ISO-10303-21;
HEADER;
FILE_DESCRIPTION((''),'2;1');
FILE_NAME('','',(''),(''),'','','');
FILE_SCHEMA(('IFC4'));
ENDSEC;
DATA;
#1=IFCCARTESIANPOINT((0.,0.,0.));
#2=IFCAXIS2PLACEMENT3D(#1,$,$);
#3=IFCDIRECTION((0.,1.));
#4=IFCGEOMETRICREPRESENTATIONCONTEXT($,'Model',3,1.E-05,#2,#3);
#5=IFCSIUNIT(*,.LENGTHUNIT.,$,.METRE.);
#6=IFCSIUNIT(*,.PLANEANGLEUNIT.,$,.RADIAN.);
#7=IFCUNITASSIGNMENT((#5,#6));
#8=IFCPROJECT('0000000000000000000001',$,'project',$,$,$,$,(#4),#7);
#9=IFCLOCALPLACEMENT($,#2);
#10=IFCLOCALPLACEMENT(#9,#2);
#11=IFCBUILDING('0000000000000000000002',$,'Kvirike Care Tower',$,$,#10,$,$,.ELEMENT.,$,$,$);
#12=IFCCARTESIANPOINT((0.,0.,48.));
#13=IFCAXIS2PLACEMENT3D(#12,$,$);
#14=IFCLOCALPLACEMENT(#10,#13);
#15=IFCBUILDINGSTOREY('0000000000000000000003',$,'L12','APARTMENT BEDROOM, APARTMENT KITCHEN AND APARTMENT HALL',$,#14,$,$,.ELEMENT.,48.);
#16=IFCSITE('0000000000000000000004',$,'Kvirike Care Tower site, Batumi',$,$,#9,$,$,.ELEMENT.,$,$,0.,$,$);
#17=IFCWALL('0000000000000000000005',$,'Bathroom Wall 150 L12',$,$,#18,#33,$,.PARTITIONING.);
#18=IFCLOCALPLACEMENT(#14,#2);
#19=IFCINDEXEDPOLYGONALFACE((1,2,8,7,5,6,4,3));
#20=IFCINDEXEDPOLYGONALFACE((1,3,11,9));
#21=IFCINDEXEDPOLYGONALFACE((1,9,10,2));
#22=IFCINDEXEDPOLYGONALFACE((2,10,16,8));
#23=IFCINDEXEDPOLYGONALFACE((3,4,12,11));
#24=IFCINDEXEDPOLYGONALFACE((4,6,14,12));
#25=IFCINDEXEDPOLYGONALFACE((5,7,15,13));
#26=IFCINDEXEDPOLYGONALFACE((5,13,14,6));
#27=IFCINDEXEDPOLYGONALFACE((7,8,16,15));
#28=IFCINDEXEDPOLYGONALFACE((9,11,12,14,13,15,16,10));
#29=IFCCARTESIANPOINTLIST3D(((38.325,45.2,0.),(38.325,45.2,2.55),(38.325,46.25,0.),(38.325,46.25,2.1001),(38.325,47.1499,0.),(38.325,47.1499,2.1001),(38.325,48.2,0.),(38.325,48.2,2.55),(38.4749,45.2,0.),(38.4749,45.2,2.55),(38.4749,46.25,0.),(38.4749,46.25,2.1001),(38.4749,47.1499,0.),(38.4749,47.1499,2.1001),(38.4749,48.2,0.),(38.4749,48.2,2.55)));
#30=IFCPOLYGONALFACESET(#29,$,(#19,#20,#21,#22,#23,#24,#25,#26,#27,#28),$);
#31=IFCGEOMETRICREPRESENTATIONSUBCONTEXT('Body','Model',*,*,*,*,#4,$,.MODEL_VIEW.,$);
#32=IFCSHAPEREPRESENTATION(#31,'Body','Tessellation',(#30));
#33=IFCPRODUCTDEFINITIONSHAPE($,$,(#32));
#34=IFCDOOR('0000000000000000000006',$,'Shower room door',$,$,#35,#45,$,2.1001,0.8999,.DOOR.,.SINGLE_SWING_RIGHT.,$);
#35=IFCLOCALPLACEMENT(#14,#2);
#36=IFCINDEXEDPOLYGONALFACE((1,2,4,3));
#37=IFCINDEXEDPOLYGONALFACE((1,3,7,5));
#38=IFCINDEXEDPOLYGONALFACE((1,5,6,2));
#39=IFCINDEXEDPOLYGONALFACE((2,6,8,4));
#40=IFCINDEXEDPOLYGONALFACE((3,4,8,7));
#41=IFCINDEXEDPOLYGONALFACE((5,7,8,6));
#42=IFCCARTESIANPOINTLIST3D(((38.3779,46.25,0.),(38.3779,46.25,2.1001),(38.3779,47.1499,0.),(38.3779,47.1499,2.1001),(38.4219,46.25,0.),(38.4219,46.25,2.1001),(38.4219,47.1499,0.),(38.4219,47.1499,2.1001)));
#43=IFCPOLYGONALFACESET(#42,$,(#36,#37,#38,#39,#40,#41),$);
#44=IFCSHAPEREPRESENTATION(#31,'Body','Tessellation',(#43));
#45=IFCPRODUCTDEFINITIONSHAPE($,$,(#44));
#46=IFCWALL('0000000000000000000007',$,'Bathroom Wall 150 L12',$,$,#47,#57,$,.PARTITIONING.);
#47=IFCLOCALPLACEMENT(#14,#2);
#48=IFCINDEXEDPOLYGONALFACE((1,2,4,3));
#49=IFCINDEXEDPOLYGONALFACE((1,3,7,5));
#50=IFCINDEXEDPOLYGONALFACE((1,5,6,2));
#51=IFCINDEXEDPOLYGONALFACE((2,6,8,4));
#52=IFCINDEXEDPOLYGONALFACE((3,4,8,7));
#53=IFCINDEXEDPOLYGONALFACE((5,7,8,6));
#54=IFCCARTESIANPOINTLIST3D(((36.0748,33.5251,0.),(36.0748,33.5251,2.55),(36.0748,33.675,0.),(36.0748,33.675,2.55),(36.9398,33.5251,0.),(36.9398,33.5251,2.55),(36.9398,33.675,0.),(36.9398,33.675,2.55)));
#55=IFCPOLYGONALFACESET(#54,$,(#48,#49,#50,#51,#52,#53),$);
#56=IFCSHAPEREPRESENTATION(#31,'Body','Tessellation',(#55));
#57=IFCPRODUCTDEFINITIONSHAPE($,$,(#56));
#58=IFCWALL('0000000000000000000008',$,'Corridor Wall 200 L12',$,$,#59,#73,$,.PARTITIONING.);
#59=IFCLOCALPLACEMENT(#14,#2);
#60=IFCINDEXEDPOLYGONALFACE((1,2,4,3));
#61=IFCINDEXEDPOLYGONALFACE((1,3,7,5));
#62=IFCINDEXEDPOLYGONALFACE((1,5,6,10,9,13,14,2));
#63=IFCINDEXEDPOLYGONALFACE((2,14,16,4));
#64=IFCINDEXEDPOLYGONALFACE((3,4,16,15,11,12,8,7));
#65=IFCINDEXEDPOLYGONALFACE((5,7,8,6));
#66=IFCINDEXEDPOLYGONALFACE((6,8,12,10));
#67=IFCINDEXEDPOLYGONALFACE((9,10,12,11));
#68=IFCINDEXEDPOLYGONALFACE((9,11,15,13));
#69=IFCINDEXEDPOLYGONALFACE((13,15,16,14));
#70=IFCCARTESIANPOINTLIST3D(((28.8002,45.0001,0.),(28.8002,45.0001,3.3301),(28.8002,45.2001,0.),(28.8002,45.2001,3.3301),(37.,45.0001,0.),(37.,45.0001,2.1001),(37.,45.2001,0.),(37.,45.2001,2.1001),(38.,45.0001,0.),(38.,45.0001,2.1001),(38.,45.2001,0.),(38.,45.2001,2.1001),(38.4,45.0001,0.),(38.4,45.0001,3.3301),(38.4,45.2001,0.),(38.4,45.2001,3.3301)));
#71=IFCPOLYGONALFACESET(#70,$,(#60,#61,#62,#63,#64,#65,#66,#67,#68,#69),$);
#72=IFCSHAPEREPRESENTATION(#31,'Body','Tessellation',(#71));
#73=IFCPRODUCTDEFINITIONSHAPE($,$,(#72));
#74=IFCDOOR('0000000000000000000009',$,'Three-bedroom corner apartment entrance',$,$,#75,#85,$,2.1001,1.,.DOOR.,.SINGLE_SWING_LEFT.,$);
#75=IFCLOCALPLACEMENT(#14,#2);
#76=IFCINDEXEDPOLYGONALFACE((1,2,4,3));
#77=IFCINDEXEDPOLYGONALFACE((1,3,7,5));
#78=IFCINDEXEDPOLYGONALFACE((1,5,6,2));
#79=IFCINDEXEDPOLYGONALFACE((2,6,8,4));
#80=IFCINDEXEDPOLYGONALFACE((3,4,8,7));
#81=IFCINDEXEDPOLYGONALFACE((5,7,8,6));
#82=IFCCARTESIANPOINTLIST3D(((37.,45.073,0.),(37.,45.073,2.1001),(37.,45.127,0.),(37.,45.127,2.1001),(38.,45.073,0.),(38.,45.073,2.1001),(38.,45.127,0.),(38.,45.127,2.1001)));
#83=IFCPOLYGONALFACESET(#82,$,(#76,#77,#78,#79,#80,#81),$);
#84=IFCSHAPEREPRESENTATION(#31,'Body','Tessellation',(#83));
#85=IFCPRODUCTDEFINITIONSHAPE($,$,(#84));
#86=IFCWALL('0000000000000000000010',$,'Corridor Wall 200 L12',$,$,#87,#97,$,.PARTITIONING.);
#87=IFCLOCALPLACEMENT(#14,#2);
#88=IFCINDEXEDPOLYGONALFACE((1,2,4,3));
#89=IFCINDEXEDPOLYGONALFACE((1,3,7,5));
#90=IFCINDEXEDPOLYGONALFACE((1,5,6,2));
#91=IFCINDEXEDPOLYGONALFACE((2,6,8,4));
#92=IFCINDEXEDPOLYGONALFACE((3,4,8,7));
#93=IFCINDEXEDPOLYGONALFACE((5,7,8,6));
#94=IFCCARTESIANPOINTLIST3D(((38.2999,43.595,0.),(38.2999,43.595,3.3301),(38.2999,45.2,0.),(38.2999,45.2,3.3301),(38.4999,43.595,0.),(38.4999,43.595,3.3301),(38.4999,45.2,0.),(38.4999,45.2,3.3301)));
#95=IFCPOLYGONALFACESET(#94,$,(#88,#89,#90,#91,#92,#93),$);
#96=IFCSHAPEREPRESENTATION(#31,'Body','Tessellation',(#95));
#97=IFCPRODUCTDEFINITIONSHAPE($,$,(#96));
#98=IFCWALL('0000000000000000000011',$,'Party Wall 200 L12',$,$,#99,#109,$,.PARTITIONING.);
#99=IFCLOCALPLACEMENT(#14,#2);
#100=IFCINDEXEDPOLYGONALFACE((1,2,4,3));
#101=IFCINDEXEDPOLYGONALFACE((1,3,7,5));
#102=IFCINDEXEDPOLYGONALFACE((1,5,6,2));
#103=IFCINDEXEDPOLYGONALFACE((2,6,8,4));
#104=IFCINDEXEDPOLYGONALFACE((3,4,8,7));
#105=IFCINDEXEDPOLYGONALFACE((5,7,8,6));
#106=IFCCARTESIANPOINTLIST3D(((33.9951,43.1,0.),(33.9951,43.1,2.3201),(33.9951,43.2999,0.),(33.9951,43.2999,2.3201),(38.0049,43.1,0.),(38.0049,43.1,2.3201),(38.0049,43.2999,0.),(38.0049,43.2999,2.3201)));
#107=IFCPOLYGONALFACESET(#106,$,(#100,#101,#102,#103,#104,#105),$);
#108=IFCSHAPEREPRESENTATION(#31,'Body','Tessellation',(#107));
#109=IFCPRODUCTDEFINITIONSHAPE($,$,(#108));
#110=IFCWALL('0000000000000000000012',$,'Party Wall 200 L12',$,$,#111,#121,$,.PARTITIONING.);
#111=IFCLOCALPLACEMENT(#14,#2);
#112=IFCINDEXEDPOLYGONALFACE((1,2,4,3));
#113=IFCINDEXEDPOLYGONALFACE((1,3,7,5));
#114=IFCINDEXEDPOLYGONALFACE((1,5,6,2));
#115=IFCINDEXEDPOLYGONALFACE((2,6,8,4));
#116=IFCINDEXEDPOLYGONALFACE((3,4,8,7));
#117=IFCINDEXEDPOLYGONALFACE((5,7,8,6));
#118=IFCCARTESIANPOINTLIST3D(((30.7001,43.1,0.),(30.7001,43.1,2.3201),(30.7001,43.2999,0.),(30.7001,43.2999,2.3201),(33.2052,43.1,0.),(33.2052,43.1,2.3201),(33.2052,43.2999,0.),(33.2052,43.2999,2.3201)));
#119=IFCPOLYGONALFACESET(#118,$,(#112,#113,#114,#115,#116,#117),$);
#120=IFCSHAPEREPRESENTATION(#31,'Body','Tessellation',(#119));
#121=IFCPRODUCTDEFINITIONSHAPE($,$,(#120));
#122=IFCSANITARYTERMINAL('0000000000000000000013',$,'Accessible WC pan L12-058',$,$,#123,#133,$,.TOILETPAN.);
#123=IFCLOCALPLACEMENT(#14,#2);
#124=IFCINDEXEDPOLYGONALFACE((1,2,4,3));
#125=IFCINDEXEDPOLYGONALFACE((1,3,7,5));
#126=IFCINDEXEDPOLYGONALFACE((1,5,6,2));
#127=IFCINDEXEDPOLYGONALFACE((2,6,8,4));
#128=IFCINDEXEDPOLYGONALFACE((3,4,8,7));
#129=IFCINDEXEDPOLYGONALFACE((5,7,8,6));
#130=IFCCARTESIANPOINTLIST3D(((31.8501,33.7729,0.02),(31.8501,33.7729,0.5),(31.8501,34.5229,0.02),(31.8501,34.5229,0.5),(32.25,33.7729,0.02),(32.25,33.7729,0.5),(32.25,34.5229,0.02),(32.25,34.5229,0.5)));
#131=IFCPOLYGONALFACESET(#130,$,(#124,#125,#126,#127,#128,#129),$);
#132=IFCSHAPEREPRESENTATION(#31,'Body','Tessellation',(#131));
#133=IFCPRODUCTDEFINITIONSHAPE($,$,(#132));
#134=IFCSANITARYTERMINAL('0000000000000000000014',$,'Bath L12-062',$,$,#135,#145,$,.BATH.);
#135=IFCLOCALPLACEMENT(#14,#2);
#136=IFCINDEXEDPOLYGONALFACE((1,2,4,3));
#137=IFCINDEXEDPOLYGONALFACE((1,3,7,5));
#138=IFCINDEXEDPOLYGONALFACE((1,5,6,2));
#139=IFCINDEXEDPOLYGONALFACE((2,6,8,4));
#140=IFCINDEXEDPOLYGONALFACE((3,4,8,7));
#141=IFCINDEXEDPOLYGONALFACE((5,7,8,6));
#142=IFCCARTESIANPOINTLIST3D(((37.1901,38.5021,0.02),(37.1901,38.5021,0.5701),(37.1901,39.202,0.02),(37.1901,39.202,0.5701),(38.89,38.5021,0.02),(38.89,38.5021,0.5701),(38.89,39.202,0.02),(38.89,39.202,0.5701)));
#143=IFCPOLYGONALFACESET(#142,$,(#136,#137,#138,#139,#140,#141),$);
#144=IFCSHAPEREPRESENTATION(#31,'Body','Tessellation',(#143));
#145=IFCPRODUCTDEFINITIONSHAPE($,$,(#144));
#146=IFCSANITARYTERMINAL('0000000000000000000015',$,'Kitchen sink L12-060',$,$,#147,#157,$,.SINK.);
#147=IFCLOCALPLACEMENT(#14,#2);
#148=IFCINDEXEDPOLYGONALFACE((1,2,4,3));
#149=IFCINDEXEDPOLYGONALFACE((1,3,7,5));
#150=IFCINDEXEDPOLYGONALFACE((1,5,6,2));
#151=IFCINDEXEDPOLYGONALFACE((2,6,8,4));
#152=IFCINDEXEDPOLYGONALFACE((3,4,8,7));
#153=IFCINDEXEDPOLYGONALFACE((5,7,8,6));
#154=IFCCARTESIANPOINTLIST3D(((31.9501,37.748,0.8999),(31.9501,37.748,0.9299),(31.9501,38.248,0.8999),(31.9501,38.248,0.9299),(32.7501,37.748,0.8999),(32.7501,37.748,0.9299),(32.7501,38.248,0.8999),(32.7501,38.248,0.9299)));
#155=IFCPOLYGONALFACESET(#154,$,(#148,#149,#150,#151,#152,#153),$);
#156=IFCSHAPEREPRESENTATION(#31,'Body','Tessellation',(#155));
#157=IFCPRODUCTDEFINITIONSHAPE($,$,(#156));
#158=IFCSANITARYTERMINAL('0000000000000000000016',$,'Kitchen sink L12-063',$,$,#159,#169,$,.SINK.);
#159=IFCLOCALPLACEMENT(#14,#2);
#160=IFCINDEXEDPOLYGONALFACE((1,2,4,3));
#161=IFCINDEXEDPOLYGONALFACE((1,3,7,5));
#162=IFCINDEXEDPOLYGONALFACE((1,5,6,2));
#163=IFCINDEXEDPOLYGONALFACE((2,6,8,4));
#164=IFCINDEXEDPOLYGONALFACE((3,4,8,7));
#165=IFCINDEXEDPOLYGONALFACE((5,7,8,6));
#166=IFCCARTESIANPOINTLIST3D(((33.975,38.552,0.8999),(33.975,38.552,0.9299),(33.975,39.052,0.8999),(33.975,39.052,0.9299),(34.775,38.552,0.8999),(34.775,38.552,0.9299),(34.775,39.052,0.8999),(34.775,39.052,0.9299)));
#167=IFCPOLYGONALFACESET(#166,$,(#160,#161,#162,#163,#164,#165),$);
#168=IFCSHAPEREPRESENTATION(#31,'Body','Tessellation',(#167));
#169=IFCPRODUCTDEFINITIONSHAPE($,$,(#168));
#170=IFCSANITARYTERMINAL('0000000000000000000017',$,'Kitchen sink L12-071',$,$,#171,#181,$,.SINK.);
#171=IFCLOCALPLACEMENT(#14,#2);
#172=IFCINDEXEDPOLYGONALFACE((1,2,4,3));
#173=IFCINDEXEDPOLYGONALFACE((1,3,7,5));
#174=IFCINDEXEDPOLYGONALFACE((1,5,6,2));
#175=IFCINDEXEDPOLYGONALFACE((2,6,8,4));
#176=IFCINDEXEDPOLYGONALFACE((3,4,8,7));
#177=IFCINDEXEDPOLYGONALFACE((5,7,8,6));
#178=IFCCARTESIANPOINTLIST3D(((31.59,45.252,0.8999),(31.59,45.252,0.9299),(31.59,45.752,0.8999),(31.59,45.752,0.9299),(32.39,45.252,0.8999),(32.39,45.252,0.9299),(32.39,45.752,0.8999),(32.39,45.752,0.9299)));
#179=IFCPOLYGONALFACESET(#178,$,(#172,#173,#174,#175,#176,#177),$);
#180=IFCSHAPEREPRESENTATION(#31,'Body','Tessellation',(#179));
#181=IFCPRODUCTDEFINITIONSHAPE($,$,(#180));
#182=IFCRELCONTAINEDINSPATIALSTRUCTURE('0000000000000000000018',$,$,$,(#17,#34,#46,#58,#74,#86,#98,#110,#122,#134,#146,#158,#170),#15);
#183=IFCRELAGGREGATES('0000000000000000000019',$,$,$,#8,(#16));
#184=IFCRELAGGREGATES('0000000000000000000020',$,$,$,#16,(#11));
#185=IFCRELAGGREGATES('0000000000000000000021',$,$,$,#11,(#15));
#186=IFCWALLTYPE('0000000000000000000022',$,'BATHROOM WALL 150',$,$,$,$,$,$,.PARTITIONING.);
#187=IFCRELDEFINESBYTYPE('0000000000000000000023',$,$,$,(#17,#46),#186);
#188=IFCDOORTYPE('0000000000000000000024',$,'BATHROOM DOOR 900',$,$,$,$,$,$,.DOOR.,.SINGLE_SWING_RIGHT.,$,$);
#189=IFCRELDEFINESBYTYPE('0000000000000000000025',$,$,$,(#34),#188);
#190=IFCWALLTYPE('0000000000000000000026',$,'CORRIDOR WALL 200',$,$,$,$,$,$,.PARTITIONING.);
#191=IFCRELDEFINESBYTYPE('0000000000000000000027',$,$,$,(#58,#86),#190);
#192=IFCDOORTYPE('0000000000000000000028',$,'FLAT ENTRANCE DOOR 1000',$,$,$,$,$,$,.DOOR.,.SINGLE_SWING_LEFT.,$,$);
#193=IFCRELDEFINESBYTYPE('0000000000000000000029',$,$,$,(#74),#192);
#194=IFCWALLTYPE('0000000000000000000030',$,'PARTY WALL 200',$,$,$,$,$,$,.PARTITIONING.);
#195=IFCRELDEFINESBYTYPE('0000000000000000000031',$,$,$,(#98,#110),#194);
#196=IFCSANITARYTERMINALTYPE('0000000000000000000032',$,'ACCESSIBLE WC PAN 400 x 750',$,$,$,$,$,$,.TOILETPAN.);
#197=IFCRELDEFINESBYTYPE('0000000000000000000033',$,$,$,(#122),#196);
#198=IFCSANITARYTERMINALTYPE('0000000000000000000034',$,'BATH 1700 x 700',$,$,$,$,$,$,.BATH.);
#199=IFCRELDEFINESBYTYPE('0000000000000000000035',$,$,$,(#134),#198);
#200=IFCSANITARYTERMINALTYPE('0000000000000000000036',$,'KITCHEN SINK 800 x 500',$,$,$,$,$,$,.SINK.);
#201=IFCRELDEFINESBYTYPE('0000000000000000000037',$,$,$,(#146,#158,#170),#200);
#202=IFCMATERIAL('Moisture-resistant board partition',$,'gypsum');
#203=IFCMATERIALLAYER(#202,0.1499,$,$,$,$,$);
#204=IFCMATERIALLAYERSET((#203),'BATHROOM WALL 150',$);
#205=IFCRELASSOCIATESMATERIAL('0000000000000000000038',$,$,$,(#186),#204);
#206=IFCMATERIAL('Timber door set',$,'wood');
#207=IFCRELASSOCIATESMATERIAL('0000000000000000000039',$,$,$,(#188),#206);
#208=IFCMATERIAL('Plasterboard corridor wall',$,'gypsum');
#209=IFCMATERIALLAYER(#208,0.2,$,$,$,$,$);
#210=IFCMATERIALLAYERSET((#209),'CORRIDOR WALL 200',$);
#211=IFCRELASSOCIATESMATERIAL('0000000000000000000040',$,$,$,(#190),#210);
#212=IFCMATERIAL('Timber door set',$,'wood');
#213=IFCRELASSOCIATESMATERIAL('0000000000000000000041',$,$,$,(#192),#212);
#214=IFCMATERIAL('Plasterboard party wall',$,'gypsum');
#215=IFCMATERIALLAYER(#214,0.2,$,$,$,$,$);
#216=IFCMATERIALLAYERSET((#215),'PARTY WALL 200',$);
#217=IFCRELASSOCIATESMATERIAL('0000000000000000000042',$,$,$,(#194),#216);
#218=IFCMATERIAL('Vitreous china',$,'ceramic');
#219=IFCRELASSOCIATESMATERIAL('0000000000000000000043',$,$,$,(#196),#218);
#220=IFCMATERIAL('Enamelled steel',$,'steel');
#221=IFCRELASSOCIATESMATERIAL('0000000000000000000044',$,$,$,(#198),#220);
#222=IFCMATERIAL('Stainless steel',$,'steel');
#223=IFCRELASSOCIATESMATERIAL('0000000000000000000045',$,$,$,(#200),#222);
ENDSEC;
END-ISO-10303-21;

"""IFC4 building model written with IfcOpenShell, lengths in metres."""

from ifc_helpers import new_model, si_unit, direction, frame, frame_2d, origin, origin_2d, place, context, subcontext, project, spatial, rectangle, extrude, material, layer, layer_set, type_object, element, fill, save


model = new_model("IFC4")

# Units and contexts
model_context = context("Model", 3, precision=1e-05, world=origin(), true_north=direction((0.0, 1.0)))
body_context = subcontext(model_context, "Body", "Model", "MODEL_VIEW")
ifc_project = project(units=[si_unit("LENGTHUNIT", "METRE"), si_unit("PLANEANGLEUNIT", "RADIAN")], contexts=[model_context])

# Site, building, storey
site_placement = place(None, origin())
site = spatial("IfcSite", under=ifc_project, at=site_placement, Name="Kvirike Care Tower site, Batumi", CompositionType="ELEMENT", RefElevation=0.0)
building_placement = place(site_placement, origin())
building = spatial("IfcBuilding", under=site, at=building_placement, Name="Kvirike Care Tower", CompositionType="ELEMENT")
storey_placement = place(building_placement, frame((0.0, 0.0, 48.0)))
storey = spatial("IfcBuildingStorey", under=building, at=storey_placement, Name="L12", Description="APARTMENT BEDROOM, APARTMENT KITCHEN AND APARTMENT HALL", CompositionType="ELEMENT", Elevation=48.0)

# Shared definitions
ifc_material_1 = material(Name="Moisture-resistant board partition", Category="gypsum")
ifc_layer_1 = layer(ifc_material_1, 0.1499)
ifc_layer_set_1 = layer_set([ifc_layer_1], Name="BATHROOM WALL 150")
wall_type_1 = type_object("IfcWallType", Name="BATHROOM WALL 150", PredefinedType="PARTITIONING", material=ifc_layer_set_1)

# Wall, opening, door
wall_1_placement = place(storey_placement, frame((38.3999, 48.2, 0.0), z_axis=(0.0, 0.0, 1.0), x_axis=(0.0, -1.0, 0.0)))
wall_1 = element("IfcWall", 1, at=wall_1_placement, inside=storey, type_object=wall_type_1, Name="Bathroom Wall 150 L12", PredefinedType="PARTITIONING", context=body_context, shape_type="SweptSolid", body=[
    extrude(rectangle(XDim=3.0, YDim=0.1499, at=frame_2d((1.5, 0.0))), origin(), (0.0, 0.0, 1.0), 2.55),
])
opening_1_placement = place(wall_1_placement, frame((1.05, 0.0, 0.0)))
opening_1 = element("IfcOpeningElement", 2, at=opening_1_placement, cuts=wall_1, PredefinedType="OPENING", context=body_context, shape_type="SweptSolid", body=[
    extrude(rectangle(XDim=0.8999, YDim=2.1001, at=frame_2d((0.45, 1.05))), frame((0.0, 0.0854, 0.0), z_axis=(0.0, -1.0, 0.0), x_axis=(1.0, 0.0, 0.0)), (0.0, 0.0, 1.0), 0.1709),
])
ifc_material_2 = material(Name="Timber door set", Category="wood")
door_type_1 = type_object("IfcDoorType", Name="BATHROOM DOOR 900", OperationType="SINGLE_SWING_RIGHT", PredefinedType="DOOR", material=ifc_material_2)
door_1_placement = place(opening_1_placement, origin())
door_1 = element("IfcDoor", 3, at=door_1_placement, inside=storey, type_object=door_type_1, Name="Shower room door", OperationType="SINGLE_SWING_RIGHT", OverallHeight=2.1001, OverallWidth=0.8999, PredefinedType="DOOR", context=body_context, shape_type="SweptSolid", body=[
    extrude(rectangle(XDim=0.8999, YDim=2.1001, at=frame_2d((0.45, 1.05))), frame((0.0, 0.022, 0.0), z_axis=(0.0, -1.0, 0.0), x_axis=(1.0, 0.0, 0.0)), (0.0, 0.0, 1.0), 0.0439),
])
fill(opening_1, door_1)

# Wall
wall_2_placement = place(storey_placement, frame((36.9399, 33.6001, 0.0), z_axis=(0.0, 0.0, 1.0), x_axis=(-1.0, 0.0, 0.0)))
element("IfcWall", 4, at=wall_2_placement, inside=storey, type_object=wall_type_1, Name="Bathroom Wall 150 L12", PredefinedType="PARTITIONING", context=body_context, shape_type="SweptSolid", body=[
    extrude(rectangle(XDim=0.865, YDim=0.1499, at=frame_2d((0.4326, 0.0))), origin(), (0.0, 0.0, 1.0), 2.55),
])

# Wall, opening, door
ifc_material_3 = material(Name="Plasterboard corridor wall", Category="gypsum")
ifc_layer_2 = layer(ifc_material_3, 0.2)
ifc_layer_set_2 = layer_set([ifc_layer_2], Name="CORRIDOR WALL 200")
wall_type_2 = type_object("IfcWallType", Name="CORRIDOR WALL 200", PredefinedType="PARTITIONING", material=ifc_layer_set_2)
wall_3_placement = place(storey_placement, frame((38.3999, 45.1001, 0.0), z_axis=(0.0, 0.0, 1.0), x_axis=(-1.0, 0.0, 0.0)))
wall_3 = element("IfcWall", 5, at=wall_3_placement, inside=storey, type_object=wall_type_2, Name="Corridor Wall 200 L12", PredefinedType="PARTITIONING", context=body_context, shape_type="SweptSolid", body=[
    extrude(rectangle(XDim=9.5999, YDim=0.2, at=frame_2d((4.7998, 0.0))), origin(), (0.0, 0.0, 1.0), 3.3301),
])
opening_2_placement = place(wall_3_placement, frame((0.3999, 0.0, 0.0)))
opening_2 = element("IfcOpeningElement", 6, at=opening_2_placement, cuts=wall_3, PredefinedType="OPENING", context=body_context, shape_type="SweptSolid", body=[
    extrude(rectangle(XDim=1.0, YDim=2.1001, at=frame_2d((0.5, 1.05))), frame((0.0, 0.1106, 0.0), z_axis=(0.0, -1.0, 0.0), x_axis=(1.0, 0.0, 0.0)), (0.0, 0.0, 1.0), 0.2209),
])
ifc_material_4 = material(Name="Timber door set", Category="wood")
door_type_2 = type_object("IfcDoorType", Name="FLAT ENTRANCE DOOR 1000", OperationType="SINGLE_SWING_LEFT", PredefinedType="DOOR", material=ifc_material_4)
door_2_placement = place(opening_2_placement, frame((1.0, 0.0, 0.0), z_axis=(0.0, 0.0, 1.0), x_axis=(-1.0, 0.0, 0.0)))
door_2 = element("IfcDoor", 7, at=door_2_placement, inside=storey, type_object=door_type_2, Name="Three-bedroom corner apartment entrance", OperationType="SINGLE_SWING_LEFT", OverallHeight=2.1001, OverallWidth=1.0, PredefinedType="DOOR", context=body_context, shape_type="SweptSolid", body=[
    extrude(rectangle(XDim=1.0, YDim=2.1001, at=frame_2d((0.5, 1.05))), frame((0.0, 0.0269, 0.0), z_axis=(0.0, -1.0, 0.0), x_axis=(1.0, 0.0, 0.0)), (0.0, 0.0, 1.0), 0.054),
])
fill(opening_2, door_2)

# Walls
wall_4_placement = place(storey_placement, frame((38.3999, 45.2, 0.0), z_axis=(0.0, 0.0, 1.0), x_axis=(0.0, -1.0, 0.0)))
element("IfcWall", 8, at=wall_4_placement, inside=storey, type_object=wall_type_2, Name="Corridor Wall 200 L12", PredefinedType="PARTITIONING", context=body_context, shape_type="SweptSolid", body=[
    extrude(rectangle(XDim=1.605, YDim=0.2, at=frame_2d((0.8025, 0.0))), origin(), (0.0, 0.0, 1.0), 3.3301),
])
ifc_material_5 = material(Name="Plasterboard party wall", Category="gypsum")
ifc_layer_3 = layer(ifc_material_5, 0.2)
ifc_layer_set_3 = layer_set([ifc_layer_3], Name="PARTY WALL 200")
wall_type_3 = type_object("IfcWallType", Name="PARTY WALL 200", PredefinedType="PARTITIONING", material=ifc_layer_set_3)
wall_5_placement = place(storey_placement, frame((38.0049, 43.2, 0.0), z_axis=(0.0, 0.0, 1.0), x_axis=(-1.0, 0.0, 0.0)))
element("IfcWall", 9, at=wall_5_placement, inside=storey, type_object=wall_type_3, Name="Party Wall 200 L12", PredefinedType="PARTITIONING", context=body_context, shape_type="SweptSolid", body=[
    extrude(rectangle(XDim=4.0098, YDim=0.2, at=frame_2d((2.0049, 0.0))), origin(), (0.0, 0.0, 1.0), 2.3201),
])
wall_6_placement = place(storey_placement, frame((33.2051, 43.2, 0.0), z_axis=(0.0, 0.0, 1.0), x_axis=(-1.0, 0.0, 0.0)))
element("IfcWall", 10, at=wall_6_placement, inside=storey, type_object=wall_type_3, Name="Party Wall 200 L12", PredefinedType="PARTITIONING", context=body_context, shape_type="SweptSolid", body=[
    extrude(rectangle(XDim=2.5051, YDim=0.2, at=frame_2d((1.2524, 0.0))), origin(), (0.0, 0.0, 1.0), 2.3201),
])

# Sanitary terminals
ifc_material_6 = material(Name="Vitreous china", Category="ceramic")
sanitary_terminal_type_1 = type_object("IfcSanitaryTerminalType", Name="ACCESSIBLE WC PAN 400 x 750", PredefinedType="TOILETPAN", material=ifc_material_6)
sanitary_terminal_1_placement = place(storey_placement, frame((32.05, 34.1479, 0.02), z_axis=(0.0, 0.0, 1.0), x_axis=(1.0, 0.0, 0.0)))
element("IfcSanitaryTerminal", 11, at=sanitary_terminal_1_placement, inside=storey, type_object=sanitary_terminal_type_1, Name="Accessible WC pan L12-058", PredefinedType="TOILETPAN", context=body_context, shape_type="SweptSolid", body=[
    extrude(rectangle(XDim=0.3999, YDim=0.75, at=origin_2d()), origin(), (0.0, 0.0, 1.0), 0.48),
])
ifc_material_7 = material(Name="Enamelled steel", Category="steel")
sanitary_terminal_type_2 = type_object("IfcSanitaryTerminalType", Name="BATH 1700 x 700", PredefinedType="BATH", material=ifc_material_7)
sanitary_terminal_2_placement = place(storey_placement, frame((38.04, 38.8521, 0.02), z_axis=(0.0, 0.0, 1.0), x_axis=(-1.0, 0.0, 0.0)))
element("IfcSanitaryTerminal", 12, at=sanitary_terminal_2_placement, inside=storey, type_object=sanitary_terminal_type_2, Name="Bath L12-062", PredefinedType="BATH", context=body_context, shape_type="SweptSolid", body=[
    extrude(rectangle(XDim=1.7, YDim=0.7, at=origin_2d()), origin(), (0.0, 0.0, 1.0), 0.55),
])
ifc_material_8 = material(Name="Stainless steel", Category="steel")
sanitary_terminal_type_3 = type_object("IfcSanitaryTerminalType", Name="KITCHEN SINK 800 x 500", PredefinedType="SINK", material=ifc_material_8)
for number, where, z_axis, x_axis, name in (
    (13, (32.3501, 37.998, 0.8999), (0.0, 0.0, 1.0), (1.0, 0.0, 0.0), "Kitchen sink L12-060"),
    (14, (34.375, 38.802, 0.8999), (0.0, 0.0, 1.0), (-1.0, 0.0, 0.0), "Kitchen sink L12-063"),
    (15, (31.99, 45.502, 0.8999), (0.0, 0.0, 1.0), (-1.0, 0.0, 0.0), "Kitchen sink L12-071"),
):
    element("IfcSanitaryTerminal", number, at=place(storey_placement, frame(where, z_axis=z_axis, x_axis=x_axis)), inside=storey, type_object=sanitary_terminal_type_3, Name=name, PredefinedType="SINK", context=body_context, shape_type="SweptSolid", body=[
        extrude(rectangle(XDim=0.8, YDim=0.5, at=origin_2d()), origin(), (0.0, 0.0, 1.0), 0.03),
    ])

save(model, "model.ifc")
